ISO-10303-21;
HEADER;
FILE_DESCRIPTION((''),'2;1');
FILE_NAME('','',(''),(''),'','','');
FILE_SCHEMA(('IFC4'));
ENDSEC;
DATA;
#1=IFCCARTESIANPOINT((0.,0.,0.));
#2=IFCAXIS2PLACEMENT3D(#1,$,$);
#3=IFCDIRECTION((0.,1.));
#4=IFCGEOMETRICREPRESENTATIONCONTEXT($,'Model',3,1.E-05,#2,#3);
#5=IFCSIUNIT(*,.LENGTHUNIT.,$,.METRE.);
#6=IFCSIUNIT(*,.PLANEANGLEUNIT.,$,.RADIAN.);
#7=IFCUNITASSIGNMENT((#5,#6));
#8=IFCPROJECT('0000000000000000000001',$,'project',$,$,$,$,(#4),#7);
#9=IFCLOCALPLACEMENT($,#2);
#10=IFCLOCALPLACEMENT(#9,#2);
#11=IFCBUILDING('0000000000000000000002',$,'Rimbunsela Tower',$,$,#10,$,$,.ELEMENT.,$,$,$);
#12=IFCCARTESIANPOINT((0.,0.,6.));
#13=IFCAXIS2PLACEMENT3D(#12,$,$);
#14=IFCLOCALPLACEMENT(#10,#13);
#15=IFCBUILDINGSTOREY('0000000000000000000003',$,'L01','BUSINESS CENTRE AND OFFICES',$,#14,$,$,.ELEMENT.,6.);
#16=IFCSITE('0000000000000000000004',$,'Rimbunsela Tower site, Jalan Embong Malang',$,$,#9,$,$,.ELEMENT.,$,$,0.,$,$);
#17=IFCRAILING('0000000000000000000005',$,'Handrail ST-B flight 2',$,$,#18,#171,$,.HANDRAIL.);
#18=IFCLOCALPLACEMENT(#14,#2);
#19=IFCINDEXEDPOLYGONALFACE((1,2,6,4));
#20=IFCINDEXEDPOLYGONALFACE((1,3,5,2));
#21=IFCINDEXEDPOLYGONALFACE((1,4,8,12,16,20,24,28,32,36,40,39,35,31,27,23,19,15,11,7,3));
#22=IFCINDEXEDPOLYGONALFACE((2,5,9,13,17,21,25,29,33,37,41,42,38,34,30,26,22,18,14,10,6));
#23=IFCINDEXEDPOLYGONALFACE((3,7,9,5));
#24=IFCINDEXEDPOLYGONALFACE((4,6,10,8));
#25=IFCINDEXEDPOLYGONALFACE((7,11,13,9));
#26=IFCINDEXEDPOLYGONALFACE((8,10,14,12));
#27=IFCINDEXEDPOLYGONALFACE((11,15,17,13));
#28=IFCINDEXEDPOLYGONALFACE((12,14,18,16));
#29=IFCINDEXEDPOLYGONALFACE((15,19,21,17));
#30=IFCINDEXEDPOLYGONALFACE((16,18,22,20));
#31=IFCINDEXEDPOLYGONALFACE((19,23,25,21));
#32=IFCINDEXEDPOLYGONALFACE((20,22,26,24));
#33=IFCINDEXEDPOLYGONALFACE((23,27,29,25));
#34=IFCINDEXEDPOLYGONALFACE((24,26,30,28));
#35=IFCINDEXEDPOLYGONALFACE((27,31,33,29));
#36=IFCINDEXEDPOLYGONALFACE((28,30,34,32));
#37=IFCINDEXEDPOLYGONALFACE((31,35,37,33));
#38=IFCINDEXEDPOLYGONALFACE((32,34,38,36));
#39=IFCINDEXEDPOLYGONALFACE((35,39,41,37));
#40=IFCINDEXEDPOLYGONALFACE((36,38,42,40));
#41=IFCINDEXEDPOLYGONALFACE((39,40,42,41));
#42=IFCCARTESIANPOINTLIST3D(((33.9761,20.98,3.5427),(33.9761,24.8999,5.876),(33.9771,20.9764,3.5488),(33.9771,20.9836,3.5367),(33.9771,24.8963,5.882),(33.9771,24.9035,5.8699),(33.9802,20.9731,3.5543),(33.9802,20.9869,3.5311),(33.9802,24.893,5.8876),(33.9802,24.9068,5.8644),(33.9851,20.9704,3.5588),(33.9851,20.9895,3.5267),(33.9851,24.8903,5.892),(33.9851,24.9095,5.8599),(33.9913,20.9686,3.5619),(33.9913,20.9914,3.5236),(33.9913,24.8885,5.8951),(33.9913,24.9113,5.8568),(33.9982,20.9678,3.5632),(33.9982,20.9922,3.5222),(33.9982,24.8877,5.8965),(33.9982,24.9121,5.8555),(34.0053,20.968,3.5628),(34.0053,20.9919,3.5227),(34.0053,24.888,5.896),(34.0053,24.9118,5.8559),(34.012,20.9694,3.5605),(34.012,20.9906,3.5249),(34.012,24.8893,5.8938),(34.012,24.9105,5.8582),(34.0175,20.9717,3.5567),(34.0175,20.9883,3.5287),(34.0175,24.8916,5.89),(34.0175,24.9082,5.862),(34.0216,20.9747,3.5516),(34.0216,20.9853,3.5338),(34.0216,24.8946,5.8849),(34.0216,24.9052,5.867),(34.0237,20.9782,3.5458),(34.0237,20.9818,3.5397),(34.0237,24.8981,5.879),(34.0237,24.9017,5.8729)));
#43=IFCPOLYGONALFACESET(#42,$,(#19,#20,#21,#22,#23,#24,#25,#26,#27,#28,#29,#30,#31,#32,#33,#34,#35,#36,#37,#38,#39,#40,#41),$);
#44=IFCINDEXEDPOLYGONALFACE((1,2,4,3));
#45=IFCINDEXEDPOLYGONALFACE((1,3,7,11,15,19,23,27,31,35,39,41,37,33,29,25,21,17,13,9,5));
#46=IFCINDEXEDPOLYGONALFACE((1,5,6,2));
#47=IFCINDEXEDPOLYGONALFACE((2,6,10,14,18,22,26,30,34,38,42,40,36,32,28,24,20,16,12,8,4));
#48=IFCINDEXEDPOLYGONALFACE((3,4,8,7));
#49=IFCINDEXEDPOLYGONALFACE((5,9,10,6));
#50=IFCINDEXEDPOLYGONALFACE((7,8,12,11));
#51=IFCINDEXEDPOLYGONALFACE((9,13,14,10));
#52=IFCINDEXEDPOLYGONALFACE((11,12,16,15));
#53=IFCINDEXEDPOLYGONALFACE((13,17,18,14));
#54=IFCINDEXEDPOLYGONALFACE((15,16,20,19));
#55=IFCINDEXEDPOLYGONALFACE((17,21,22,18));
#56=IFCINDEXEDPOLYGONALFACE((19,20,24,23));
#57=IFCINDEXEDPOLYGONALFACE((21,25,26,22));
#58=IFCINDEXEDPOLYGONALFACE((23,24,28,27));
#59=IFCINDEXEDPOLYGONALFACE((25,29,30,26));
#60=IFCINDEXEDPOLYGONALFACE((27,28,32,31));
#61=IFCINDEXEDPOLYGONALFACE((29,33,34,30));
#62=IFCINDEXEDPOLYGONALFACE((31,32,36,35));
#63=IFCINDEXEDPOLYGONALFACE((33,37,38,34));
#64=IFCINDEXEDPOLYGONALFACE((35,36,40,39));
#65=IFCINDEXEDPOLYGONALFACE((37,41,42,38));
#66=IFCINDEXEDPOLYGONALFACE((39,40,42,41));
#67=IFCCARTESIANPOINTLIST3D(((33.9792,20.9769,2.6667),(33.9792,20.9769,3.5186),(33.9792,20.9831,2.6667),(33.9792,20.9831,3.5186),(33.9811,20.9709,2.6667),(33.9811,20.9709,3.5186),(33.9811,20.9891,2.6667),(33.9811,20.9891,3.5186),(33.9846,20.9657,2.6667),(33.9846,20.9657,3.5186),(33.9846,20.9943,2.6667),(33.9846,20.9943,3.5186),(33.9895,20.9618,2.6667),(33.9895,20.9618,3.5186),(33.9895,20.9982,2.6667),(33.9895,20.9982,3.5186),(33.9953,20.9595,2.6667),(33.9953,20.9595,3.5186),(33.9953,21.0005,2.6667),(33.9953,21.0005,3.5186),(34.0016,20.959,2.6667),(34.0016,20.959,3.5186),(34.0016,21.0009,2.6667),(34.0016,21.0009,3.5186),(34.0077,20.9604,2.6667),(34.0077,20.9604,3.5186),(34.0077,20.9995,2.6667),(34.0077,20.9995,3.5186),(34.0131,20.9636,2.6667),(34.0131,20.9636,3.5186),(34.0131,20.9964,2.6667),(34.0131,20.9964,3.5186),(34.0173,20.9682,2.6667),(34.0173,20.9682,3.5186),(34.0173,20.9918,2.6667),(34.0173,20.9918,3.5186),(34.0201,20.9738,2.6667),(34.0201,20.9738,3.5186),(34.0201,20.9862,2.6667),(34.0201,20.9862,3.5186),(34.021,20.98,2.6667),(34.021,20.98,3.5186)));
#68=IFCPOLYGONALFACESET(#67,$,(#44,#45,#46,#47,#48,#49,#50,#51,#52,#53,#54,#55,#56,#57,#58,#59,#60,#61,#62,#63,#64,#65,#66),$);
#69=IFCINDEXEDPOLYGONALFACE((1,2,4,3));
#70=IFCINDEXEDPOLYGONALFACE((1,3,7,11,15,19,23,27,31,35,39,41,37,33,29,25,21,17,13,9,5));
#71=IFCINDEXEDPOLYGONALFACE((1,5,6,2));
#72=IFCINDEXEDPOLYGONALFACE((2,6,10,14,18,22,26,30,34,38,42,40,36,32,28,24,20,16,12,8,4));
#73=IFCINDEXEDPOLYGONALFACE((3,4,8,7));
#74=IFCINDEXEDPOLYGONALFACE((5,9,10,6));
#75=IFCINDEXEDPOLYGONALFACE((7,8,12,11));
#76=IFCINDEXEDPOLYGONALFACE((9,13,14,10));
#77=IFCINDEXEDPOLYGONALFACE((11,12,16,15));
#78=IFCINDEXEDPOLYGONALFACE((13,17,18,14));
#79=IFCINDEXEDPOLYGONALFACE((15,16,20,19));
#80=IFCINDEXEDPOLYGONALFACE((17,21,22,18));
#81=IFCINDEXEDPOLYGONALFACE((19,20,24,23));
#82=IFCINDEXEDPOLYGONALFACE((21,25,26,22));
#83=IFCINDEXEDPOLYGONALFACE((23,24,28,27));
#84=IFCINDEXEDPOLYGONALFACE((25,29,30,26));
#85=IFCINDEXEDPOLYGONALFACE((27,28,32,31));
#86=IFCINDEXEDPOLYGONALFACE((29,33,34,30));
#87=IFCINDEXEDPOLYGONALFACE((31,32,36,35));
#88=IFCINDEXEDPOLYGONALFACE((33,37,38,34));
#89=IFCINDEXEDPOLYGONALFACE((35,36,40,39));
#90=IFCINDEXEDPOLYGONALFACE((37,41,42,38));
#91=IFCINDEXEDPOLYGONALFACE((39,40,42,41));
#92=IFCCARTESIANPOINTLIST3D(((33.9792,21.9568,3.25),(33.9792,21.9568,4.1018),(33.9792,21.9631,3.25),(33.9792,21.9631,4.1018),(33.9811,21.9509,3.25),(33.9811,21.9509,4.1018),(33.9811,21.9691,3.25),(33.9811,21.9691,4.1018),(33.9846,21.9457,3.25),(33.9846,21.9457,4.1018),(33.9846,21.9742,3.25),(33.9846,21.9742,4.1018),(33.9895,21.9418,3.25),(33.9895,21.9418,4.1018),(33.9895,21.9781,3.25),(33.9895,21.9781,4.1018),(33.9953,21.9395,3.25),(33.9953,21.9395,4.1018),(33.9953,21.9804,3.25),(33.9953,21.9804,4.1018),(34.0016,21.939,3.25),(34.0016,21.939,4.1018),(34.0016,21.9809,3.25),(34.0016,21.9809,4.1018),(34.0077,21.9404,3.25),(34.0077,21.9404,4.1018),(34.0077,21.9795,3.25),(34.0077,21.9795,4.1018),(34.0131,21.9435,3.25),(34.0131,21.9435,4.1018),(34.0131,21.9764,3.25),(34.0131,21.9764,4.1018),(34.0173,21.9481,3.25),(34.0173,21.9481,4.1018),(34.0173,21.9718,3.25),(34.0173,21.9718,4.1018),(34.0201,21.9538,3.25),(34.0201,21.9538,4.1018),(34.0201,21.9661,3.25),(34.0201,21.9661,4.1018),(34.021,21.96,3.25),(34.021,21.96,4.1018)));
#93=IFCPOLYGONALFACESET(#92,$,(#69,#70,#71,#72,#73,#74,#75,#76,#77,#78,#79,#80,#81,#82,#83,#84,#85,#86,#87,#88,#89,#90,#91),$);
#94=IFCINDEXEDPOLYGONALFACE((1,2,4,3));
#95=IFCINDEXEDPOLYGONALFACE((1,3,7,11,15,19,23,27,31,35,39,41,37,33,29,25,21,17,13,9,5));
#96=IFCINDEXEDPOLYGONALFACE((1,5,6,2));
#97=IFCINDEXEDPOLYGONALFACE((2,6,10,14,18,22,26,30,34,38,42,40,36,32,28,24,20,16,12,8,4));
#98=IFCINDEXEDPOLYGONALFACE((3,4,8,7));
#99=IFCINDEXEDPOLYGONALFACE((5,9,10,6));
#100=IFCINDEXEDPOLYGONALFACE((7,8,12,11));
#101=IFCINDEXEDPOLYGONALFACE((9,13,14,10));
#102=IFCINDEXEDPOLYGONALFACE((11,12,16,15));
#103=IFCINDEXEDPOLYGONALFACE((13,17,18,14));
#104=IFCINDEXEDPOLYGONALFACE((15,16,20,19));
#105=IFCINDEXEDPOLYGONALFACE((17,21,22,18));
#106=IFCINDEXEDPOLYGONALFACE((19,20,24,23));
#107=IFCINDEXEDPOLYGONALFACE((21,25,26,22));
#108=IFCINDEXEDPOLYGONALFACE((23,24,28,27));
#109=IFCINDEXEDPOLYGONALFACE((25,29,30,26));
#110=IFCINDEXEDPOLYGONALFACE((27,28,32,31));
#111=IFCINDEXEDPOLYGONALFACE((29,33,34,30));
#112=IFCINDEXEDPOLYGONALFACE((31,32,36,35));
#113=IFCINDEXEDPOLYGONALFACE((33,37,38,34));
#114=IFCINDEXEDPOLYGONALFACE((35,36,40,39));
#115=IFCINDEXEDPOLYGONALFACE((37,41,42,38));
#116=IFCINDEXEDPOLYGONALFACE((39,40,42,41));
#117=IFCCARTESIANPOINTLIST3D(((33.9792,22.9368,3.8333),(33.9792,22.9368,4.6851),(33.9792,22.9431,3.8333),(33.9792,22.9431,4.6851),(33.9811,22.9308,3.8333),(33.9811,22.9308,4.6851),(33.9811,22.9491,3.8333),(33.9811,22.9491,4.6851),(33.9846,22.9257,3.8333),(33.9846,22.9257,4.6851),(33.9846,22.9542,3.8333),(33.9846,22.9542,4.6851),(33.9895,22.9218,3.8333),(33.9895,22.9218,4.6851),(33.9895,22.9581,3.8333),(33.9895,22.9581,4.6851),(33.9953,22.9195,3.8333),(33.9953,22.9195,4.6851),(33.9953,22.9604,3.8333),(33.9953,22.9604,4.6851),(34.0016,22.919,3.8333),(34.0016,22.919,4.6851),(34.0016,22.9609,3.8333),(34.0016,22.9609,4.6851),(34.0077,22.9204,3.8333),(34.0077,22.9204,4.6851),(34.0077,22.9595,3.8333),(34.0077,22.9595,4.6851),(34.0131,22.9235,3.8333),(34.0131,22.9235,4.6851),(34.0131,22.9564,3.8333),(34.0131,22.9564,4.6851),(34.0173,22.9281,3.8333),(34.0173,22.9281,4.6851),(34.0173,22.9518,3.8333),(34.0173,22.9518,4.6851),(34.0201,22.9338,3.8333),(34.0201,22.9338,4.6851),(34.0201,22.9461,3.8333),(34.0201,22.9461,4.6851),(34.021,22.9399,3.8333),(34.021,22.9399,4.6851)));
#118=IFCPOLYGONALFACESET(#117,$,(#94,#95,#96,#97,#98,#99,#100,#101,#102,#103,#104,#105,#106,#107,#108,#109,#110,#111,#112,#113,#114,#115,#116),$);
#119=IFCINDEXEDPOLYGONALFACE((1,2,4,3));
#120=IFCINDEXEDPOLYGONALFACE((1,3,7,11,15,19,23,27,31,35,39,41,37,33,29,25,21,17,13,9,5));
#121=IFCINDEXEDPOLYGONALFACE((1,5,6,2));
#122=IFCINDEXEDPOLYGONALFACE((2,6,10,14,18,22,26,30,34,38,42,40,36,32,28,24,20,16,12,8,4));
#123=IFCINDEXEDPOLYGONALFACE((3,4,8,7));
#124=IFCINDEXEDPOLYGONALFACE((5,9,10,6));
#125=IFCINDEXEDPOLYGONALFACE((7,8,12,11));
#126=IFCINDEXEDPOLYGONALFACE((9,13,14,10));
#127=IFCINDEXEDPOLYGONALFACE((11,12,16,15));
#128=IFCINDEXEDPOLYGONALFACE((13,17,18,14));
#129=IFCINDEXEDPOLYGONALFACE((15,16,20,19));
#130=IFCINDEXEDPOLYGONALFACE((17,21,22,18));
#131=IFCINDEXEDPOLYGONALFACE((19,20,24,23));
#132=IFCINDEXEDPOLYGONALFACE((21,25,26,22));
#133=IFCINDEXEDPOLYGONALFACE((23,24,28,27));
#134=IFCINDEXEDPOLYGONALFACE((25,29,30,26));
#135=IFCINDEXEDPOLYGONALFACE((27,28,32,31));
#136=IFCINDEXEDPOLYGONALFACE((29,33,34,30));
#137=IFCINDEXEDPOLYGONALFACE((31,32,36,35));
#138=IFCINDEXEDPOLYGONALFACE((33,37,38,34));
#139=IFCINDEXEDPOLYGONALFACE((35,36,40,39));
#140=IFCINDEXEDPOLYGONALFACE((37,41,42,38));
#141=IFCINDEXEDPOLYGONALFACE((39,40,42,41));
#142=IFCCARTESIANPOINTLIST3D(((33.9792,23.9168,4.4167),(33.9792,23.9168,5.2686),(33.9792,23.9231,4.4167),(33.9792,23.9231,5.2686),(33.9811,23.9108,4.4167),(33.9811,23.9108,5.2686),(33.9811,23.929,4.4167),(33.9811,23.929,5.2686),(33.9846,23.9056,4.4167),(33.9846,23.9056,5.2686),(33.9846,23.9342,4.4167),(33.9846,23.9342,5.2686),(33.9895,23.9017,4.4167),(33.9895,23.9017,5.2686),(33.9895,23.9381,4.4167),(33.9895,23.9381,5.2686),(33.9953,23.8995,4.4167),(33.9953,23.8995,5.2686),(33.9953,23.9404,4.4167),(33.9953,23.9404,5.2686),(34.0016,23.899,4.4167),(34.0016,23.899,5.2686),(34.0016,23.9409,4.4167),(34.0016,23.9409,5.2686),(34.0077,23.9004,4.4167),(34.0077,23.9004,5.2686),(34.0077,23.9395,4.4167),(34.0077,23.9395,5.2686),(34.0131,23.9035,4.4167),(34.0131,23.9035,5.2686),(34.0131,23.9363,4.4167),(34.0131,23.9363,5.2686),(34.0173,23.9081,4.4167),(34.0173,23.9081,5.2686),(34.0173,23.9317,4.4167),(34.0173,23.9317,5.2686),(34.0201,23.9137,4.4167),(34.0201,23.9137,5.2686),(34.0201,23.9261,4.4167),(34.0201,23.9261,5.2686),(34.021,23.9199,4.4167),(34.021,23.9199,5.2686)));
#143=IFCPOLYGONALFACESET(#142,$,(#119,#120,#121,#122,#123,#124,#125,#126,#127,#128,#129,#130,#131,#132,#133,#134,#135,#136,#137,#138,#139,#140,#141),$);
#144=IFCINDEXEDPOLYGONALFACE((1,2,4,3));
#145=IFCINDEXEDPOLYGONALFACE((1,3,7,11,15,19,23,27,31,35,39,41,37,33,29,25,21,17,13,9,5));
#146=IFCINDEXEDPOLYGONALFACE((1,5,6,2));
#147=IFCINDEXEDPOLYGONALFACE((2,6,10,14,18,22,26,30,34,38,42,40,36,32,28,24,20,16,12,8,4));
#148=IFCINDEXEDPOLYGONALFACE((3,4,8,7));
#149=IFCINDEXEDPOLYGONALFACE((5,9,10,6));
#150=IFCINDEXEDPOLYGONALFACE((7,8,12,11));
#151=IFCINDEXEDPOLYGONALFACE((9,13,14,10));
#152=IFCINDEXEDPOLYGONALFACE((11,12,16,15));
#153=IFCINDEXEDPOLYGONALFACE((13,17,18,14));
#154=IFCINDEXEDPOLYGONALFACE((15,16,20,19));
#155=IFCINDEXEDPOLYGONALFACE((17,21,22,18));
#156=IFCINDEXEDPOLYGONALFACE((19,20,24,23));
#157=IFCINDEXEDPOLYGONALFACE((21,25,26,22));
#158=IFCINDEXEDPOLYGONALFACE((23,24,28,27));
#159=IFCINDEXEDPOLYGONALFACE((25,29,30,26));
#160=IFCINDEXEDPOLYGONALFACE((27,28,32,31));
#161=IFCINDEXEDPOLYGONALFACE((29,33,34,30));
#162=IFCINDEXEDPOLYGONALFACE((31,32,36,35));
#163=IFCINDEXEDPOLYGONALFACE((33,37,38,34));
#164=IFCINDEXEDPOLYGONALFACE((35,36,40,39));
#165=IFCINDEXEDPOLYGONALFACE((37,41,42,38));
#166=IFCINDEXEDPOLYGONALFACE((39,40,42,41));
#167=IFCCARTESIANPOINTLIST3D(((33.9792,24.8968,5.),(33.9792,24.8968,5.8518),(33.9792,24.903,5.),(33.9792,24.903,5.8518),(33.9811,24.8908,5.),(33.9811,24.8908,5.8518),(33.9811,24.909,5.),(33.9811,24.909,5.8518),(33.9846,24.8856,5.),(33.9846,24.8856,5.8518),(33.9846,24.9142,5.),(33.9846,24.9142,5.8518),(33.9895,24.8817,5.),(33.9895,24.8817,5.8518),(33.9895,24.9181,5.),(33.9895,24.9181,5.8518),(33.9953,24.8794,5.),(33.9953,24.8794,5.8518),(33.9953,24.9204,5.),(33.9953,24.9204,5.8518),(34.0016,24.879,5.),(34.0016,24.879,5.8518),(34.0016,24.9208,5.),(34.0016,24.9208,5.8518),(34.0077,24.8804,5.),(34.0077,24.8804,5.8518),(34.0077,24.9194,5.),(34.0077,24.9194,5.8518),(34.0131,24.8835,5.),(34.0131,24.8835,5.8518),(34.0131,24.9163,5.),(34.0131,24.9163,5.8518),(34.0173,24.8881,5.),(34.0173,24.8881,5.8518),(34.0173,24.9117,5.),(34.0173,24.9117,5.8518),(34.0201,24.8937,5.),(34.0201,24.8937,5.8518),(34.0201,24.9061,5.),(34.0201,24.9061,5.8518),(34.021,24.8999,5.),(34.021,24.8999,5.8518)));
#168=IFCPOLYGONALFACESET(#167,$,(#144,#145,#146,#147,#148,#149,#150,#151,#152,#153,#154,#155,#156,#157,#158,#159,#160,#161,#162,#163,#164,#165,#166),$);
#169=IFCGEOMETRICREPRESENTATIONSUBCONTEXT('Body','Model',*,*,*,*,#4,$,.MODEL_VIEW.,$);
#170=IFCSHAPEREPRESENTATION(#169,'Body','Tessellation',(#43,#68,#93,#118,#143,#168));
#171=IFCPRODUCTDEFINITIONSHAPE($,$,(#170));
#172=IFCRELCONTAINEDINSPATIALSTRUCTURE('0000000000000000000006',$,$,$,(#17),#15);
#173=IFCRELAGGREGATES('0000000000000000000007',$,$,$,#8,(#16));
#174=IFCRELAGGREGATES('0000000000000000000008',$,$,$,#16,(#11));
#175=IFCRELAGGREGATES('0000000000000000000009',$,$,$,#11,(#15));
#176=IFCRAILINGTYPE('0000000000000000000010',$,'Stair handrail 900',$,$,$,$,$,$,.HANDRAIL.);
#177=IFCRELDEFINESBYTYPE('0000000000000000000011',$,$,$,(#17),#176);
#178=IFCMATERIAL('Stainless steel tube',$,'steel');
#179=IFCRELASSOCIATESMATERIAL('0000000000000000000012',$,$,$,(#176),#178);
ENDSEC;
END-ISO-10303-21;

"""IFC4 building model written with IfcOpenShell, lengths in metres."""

from ifc_helpers import new_model, si_unit, direction, frame, origin, origin_2d, place, context, subcontext, project, spatial, circle, extrude, material, type_object, element, save


model = new_model("IFC4")

# Units and contexts
model_context = context("Model", 3, precision=1e-05, world=origin(), true_north=direction((0.0, 1.0)))
body_context = subcontext(model_context, "Body", "Model", "MODEL_VIEW")
ifc_project = project(units=[si_unit("LENGTHUNIT", "METRE"), si_unit("PLANEANGLEUNIT", "RADIAN")], contexts=[model_context])

# Site, building, storey
site_placement = place(None, origin())
site = spatial("IfcSite", under=ifc_project, at=site_placement, Name="Rimbunsela Tower site, Jalan Embong Malang", CompositionType="ELEMENT", RefElevation=0.0)
building_placement = place(site_placement, origin())
building = spatial("IfcBuilding", under=site, at=building_placement, Name="Rimbunsela Tower", CompositionType="ELEMENT")
storey_placement = place(building_placement, frame((0.0, 0.0, 6.0)))
storey = spatial("IfcBuildingStorey", under=building, at=storey_placement, Name="L01", Description="BUSINESS CENTRE AND OFFICES", CompositionType="ELEMENT", Elevation=6.0)

# Railing
ifc_material_1 = material(Name="Stainless steel tube", Category="steel")
railing_type = type_object("IfcRailingType", Name="Stair handrail 900", PredefinedType="HANDRAIL", material=ifc_material_1)
railing_1_placement = place(storey_placement, frame((34.0, 20.98, 2.6667)))
element("IfcRailing", 1, at=railing_1_placement, inside=storey, type_object=railing_type, Name="Handrail ST-B flight 2", PredefinedType="HANDRAIL", context=body_context, shape_type="SweptSolid", body=[
    extrude(circle(Radius=0.0239, at=origin_2d()), frame((0.0, 0.0, 0.876), z_axis=(0.0, 0.859296, 0.511478), x_axis=(-1.0, 0.0, 0.0)), (0.0, 0.0, 1.0), 4.5618),
    extrude(circle(Radius=0.021, at=origin_2d()), origin(), (0.0, 0.0, 1.0), 0.8518),
    extrude(circle(Radius=0.021, at=origin_2d()), frame((0.0, 0.98, 0.5833)), (0.0, 0.0, 1.0), 0.8518),
    extrude(circle(Radius=0.021, at=origin_2d()), frame((0.0, 1.96, 1.1665)), (0.0, 0.0, 1.0), 0.8518),
    extrude(circle(Radius=0.021, at=origin_2d()), frame((0.0, 2.9399, 1.75)), (0.0, 0.0, 1.0), 0.8518),
    extrude(circle(Radius=0.021, at=origin_2d()), frame((0.0, 3.9199, 2.3333)), (0.0, 0.0, 1.0), 0.8518),
])

save(model, "model.ifc")
